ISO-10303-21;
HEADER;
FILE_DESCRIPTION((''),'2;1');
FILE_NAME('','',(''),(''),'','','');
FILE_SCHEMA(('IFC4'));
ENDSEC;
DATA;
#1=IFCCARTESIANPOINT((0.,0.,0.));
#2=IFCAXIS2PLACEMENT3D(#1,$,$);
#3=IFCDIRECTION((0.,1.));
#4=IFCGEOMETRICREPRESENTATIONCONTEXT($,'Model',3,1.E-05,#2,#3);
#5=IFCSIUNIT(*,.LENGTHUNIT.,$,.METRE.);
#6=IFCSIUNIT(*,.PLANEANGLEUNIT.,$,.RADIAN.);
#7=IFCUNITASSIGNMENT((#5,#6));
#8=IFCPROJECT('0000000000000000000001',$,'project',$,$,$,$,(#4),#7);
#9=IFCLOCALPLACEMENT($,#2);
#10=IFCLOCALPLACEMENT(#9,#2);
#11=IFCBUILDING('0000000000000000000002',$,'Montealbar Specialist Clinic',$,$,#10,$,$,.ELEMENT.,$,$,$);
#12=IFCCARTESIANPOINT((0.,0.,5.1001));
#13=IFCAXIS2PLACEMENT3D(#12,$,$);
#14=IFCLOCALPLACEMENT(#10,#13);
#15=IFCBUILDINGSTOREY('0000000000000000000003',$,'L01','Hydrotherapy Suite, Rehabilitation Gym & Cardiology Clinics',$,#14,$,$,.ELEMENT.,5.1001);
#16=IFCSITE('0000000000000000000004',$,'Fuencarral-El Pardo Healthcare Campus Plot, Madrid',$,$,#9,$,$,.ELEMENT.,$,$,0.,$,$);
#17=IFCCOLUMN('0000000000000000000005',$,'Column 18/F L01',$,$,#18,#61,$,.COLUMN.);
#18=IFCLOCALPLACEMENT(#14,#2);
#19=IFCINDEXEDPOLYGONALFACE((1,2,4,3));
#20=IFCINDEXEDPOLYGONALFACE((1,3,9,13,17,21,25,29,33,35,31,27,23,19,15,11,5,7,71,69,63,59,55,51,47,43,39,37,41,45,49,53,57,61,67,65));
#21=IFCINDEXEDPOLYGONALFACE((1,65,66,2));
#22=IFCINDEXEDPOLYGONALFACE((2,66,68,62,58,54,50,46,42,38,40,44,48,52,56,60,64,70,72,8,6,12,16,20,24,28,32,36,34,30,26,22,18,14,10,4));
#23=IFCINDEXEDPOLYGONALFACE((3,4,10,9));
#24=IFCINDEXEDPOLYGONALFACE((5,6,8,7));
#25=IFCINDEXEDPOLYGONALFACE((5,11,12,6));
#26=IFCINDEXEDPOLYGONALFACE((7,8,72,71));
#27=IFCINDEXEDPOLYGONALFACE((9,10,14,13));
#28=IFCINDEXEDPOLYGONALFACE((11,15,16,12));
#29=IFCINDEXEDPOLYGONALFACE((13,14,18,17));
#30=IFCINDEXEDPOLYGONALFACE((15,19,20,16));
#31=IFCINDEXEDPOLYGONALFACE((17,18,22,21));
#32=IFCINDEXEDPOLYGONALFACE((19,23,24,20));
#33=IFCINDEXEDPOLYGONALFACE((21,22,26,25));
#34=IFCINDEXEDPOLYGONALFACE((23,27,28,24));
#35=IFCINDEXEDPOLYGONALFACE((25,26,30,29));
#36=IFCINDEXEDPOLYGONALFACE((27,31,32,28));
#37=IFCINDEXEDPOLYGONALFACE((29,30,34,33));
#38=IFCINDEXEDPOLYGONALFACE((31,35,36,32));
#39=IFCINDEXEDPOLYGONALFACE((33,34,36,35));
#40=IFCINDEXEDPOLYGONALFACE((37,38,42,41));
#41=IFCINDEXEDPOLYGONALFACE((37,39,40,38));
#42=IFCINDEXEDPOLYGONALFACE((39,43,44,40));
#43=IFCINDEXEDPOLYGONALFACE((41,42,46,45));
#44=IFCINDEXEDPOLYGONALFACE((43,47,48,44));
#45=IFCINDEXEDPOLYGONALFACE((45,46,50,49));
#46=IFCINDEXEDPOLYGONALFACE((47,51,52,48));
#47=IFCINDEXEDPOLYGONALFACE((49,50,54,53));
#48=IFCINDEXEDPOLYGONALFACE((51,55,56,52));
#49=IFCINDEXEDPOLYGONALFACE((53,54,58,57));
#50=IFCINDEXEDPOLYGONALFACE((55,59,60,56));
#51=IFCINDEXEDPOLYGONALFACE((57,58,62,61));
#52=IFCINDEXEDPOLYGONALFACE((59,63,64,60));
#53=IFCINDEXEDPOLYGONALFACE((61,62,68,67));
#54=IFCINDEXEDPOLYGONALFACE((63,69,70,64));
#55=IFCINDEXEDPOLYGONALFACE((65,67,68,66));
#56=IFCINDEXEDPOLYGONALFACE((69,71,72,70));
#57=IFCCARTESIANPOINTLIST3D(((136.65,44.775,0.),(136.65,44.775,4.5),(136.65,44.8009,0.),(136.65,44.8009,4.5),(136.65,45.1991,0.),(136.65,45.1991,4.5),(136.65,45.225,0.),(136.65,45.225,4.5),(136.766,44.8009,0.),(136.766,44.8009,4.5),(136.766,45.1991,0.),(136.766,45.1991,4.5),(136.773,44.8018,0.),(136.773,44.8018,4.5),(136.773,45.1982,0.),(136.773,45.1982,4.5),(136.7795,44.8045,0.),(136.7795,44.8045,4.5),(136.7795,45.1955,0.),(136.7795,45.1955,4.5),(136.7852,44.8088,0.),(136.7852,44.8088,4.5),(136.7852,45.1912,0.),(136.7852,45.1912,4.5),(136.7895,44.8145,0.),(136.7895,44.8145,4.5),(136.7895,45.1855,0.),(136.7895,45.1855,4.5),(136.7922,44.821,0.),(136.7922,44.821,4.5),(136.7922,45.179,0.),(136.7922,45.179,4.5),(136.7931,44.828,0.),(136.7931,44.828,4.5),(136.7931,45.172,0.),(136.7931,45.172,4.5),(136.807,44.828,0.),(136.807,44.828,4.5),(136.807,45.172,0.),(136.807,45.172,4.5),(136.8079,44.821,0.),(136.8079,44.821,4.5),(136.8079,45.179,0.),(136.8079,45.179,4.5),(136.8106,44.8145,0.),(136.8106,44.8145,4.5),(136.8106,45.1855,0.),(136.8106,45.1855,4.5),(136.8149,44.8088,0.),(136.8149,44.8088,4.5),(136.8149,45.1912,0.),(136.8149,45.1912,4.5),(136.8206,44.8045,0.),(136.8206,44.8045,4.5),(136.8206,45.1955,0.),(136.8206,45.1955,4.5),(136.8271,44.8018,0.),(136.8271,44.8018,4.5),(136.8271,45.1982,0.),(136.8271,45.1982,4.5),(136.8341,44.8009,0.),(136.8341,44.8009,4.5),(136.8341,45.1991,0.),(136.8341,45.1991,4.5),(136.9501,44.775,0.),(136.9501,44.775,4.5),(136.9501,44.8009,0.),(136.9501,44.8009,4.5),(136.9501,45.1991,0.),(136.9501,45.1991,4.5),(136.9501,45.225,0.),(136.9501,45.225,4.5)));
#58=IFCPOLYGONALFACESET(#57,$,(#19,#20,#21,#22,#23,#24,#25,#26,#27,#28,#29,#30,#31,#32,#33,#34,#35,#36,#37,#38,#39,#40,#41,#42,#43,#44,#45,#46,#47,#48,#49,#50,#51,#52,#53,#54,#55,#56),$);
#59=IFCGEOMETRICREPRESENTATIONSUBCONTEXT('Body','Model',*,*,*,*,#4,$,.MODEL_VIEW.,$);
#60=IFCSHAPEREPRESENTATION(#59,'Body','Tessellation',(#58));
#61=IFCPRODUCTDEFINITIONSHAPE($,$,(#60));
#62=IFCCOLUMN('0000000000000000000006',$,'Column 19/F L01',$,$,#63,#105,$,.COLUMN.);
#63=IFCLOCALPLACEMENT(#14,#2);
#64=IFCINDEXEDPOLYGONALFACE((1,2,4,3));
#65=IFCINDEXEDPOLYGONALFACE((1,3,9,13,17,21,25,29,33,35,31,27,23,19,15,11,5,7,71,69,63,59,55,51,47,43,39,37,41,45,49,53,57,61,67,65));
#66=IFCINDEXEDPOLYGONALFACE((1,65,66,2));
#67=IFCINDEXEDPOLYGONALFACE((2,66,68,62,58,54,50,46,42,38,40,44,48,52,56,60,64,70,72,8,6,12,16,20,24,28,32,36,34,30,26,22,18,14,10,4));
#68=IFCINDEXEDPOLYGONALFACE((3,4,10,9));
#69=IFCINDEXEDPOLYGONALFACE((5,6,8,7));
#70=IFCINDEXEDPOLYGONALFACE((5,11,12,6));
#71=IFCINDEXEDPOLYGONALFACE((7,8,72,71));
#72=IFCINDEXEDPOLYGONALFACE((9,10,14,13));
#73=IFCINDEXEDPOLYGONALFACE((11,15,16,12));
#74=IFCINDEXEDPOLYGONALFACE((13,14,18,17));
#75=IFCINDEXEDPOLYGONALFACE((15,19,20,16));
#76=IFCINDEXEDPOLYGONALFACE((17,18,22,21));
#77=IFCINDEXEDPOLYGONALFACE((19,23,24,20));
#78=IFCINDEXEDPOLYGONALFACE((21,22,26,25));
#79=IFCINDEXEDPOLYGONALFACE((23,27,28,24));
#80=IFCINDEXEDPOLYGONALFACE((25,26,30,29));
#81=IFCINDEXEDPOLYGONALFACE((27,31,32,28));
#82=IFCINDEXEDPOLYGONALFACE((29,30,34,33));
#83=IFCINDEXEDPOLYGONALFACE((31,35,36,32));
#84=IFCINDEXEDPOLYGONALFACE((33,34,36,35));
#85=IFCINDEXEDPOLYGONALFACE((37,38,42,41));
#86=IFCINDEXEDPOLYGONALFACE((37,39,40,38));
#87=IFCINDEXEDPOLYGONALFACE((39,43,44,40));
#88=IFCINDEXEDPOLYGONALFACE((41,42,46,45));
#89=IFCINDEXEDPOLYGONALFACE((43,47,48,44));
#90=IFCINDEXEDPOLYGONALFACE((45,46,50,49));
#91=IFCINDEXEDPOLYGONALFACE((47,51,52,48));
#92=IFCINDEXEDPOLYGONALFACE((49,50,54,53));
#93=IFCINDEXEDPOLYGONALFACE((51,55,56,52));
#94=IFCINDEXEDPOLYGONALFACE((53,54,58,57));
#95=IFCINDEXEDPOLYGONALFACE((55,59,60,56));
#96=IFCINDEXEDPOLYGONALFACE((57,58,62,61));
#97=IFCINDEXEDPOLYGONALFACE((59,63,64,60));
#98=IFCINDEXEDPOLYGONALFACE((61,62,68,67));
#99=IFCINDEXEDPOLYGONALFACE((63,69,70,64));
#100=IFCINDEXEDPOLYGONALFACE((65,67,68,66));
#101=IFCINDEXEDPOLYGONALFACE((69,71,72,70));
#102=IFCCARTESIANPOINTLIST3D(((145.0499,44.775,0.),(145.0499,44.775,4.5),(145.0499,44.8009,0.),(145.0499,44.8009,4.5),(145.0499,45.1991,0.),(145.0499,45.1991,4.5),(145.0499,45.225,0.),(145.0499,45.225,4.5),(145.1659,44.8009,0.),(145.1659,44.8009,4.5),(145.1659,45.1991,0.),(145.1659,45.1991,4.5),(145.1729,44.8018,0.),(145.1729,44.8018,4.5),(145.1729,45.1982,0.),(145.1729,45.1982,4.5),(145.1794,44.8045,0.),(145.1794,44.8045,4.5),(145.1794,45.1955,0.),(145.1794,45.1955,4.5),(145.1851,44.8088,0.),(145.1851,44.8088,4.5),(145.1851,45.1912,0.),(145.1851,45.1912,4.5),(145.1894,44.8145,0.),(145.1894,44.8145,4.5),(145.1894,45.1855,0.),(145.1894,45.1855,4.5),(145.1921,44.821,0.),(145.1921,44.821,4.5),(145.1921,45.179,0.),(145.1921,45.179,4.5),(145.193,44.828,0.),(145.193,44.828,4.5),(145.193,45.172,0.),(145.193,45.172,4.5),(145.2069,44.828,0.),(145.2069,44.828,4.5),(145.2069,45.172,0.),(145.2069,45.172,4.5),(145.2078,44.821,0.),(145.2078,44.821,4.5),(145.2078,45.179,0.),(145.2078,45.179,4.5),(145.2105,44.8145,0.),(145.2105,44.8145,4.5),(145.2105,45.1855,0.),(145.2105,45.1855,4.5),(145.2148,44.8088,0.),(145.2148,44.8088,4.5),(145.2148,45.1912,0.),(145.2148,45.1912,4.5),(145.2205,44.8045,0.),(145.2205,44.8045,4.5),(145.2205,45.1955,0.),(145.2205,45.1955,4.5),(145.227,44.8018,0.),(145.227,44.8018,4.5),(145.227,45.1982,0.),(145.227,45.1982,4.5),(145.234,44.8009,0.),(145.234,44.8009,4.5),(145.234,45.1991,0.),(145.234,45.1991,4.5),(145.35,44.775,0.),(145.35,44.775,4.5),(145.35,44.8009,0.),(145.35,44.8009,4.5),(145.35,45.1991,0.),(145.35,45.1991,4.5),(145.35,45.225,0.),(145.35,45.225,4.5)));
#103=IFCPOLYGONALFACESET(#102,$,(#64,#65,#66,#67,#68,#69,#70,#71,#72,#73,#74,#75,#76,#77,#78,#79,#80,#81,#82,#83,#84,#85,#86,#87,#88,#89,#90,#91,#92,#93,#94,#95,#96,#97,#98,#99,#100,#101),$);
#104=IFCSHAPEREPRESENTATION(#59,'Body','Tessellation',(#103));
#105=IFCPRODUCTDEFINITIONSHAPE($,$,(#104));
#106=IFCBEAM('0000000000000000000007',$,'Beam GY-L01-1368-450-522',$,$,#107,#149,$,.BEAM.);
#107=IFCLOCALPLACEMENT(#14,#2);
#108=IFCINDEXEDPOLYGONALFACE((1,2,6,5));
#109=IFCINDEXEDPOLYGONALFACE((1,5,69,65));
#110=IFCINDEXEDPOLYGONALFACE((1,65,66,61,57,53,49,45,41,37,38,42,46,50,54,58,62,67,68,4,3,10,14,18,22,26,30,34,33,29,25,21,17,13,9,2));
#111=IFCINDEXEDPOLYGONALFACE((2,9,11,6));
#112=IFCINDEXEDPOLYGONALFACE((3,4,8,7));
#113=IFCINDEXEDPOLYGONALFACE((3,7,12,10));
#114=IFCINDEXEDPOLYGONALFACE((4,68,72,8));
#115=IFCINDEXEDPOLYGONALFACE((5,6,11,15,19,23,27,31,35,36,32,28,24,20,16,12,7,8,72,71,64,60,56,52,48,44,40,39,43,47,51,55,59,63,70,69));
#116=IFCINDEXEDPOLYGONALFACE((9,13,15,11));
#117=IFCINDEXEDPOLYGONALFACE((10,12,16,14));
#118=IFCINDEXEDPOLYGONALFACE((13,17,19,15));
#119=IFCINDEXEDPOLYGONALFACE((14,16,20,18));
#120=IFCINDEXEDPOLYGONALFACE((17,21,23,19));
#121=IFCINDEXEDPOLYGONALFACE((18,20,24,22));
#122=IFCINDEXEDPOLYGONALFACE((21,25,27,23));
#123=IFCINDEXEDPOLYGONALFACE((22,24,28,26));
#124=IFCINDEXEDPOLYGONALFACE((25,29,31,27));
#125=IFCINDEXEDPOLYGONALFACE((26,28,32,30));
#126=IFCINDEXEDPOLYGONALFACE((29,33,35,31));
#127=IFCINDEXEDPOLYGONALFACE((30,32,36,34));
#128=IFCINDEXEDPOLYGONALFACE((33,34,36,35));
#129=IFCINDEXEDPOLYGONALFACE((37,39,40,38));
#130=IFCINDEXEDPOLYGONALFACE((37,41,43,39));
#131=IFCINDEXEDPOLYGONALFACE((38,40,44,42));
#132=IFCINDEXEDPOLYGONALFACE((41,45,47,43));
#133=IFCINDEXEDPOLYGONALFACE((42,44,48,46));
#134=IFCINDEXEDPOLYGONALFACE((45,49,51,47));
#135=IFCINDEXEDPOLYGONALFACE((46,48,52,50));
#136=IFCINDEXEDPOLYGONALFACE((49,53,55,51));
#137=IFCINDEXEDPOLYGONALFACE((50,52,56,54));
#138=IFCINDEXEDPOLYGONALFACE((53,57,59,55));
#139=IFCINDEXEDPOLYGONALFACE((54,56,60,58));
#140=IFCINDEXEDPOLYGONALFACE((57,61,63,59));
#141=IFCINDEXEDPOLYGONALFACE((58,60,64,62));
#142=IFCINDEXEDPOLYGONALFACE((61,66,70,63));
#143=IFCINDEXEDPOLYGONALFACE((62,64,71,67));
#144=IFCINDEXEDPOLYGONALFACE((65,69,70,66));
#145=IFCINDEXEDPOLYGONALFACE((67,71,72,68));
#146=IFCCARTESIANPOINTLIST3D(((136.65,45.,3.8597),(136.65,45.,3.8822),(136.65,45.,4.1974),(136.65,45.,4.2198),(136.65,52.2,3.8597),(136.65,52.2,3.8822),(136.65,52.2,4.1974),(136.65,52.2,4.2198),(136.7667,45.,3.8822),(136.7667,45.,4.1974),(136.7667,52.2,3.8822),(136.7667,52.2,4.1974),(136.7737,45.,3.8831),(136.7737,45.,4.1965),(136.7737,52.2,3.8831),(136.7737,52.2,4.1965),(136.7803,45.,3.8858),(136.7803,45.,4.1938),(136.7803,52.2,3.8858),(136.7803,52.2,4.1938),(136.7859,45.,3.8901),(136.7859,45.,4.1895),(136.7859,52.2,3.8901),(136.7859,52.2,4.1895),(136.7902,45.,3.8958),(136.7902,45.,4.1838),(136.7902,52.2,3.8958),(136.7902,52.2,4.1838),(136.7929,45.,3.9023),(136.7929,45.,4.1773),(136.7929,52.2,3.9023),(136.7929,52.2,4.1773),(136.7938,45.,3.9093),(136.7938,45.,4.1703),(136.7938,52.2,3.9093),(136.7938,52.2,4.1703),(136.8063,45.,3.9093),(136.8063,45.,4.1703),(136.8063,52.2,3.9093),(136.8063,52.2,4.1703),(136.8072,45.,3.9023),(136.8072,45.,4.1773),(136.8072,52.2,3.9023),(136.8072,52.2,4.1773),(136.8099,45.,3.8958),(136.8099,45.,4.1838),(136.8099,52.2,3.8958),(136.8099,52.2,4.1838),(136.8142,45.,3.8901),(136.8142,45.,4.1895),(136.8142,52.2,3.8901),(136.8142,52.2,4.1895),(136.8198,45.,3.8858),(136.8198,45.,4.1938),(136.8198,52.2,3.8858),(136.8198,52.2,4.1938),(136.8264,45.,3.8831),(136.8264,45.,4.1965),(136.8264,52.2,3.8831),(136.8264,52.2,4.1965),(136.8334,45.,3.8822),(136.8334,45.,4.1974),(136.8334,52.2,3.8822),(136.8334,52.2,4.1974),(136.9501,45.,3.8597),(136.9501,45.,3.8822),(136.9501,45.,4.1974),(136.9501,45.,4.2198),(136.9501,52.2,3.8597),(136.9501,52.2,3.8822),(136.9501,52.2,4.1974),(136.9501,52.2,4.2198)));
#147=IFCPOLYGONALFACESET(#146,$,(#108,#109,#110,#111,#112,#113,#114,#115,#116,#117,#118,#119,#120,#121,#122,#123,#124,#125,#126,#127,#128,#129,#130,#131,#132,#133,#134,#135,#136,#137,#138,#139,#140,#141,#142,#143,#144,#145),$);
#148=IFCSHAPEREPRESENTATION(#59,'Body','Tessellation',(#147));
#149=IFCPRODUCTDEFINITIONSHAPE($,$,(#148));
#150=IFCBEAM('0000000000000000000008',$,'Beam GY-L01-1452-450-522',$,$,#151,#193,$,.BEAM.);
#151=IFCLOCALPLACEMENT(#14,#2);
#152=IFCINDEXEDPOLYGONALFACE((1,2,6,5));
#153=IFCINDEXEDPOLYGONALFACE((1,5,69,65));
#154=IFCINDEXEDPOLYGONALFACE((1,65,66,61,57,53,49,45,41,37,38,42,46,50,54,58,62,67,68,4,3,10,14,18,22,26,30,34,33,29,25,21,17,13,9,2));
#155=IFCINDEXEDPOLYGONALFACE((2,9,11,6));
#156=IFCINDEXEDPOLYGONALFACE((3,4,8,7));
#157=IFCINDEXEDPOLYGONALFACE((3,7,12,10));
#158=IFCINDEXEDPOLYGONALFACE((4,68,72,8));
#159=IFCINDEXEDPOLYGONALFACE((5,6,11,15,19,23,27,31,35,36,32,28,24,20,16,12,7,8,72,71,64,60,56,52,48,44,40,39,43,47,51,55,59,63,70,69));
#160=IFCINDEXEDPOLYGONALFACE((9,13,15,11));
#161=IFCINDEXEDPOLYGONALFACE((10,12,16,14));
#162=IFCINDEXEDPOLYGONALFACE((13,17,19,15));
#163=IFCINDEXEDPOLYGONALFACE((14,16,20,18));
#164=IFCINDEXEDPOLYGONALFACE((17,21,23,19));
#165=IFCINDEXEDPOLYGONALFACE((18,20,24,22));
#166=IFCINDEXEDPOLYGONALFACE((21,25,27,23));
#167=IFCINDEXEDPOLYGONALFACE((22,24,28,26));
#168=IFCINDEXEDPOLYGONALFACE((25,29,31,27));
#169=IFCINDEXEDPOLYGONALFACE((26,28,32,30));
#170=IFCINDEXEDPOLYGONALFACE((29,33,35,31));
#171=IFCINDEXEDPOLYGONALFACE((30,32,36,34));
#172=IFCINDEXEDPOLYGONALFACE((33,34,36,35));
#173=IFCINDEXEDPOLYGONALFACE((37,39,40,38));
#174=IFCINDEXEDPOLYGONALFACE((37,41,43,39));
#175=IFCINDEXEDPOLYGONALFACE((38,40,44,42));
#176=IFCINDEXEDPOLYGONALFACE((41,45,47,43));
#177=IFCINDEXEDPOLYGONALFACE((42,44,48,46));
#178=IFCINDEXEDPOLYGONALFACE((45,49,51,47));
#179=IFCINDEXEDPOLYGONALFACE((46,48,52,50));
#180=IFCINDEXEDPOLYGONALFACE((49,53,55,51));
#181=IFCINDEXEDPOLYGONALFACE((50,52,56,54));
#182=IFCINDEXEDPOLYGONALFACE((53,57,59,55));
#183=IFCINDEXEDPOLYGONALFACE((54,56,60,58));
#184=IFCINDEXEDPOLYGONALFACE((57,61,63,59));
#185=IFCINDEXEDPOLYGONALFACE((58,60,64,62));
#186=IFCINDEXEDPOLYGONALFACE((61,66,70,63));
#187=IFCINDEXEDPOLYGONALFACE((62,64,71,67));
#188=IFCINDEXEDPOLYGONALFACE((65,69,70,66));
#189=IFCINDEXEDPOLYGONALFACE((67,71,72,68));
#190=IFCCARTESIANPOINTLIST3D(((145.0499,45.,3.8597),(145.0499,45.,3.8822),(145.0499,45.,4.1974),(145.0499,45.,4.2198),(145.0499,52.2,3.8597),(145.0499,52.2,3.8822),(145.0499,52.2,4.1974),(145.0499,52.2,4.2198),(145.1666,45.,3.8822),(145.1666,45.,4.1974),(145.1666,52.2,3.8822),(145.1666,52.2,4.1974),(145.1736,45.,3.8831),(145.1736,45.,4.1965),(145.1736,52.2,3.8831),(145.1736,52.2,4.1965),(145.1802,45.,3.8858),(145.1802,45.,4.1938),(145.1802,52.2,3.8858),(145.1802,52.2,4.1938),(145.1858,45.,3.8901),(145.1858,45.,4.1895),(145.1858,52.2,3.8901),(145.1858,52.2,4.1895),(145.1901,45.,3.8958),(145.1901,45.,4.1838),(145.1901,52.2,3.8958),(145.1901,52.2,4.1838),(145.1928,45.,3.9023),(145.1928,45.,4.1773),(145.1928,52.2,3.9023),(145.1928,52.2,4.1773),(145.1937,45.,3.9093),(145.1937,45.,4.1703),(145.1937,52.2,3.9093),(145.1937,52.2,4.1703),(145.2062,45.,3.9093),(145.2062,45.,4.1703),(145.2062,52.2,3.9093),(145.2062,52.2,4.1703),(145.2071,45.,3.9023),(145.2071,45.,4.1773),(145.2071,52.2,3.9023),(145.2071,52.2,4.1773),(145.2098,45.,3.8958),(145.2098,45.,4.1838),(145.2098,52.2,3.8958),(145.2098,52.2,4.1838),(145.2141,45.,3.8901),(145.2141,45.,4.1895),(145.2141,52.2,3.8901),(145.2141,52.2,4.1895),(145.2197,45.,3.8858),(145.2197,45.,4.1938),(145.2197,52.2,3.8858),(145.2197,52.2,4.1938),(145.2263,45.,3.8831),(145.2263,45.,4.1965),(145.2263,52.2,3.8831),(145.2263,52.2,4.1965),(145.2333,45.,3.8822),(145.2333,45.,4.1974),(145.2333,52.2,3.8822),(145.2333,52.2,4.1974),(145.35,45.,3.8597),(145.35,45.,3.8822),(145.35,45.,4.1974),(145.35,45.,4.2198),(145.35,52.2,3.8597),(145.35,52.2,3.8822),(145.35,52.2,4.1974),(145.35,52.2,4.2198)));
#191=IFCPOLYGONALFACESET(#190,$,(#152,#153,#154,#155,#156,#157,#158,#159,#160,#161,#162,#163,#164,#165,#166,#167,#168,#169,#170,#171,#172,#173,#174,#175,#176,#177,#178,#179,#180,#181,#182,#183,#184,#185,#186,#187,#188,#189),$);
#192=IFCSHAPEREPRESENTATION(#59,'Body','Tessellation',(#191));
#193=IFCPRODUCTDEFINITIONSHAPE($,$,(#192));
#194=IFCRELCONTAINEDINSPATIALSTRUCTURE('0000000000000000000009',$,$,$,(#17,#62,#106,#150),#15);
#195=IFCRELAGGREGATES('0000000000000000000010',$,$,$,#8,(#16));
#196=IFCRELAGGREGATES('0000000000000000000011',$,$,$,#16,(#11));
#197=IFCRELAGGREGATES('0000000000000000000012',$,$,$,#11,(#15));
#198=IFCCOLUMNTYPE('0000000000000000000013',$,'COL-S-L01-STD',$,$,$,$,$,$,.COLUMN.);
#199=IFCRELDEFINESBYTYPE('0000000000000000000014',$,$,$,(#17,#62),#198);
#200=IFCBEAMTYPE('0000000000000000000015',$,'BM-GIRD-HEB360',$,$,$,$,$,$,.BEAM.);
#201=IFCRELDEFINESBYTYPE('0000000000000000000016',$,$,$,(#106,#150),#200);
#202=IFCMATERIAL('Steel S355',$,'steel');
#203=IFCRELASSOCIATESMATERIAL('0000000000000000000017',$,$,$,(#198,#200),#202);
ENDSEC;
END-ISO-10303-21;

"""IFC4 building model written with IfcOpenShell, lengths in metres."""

from ifc_helpers import new_model, si_unit, direction, frame, origin, origin_2d, place, context, subcontext, project, spatial, i_section, extrude, material, material_profile, profile_set, type_object, element, save


model = new_model("IFC4")

# Units and contexts
model_context = context("Model", 3, precision=1e-05, world=origin(), true_north=direction((0.0, 1.0)))
body_context = subcontext(model_context, "Body", "Model", "MODEL_VIEW")
ifc_project = project(units=[si_unit("LENGTHUNIT", "METRE"), si_unit("PLANEANGLEUNIT", "RADIAN")], contexts=[model_context])

# Site, building, storey
site_placement = place(None, origin())
site = spatial("IfcSite", under=ifc_project, at=site_placement, Name="Fuencarral-El Pardo Healthcare Campus Plot, Madrid", CompositionType="ELEMENT", RefElevation=0.0)
building_placement = place(site_placement, origin())
building = spatial("IfcBuilding", under=site, at=building_placement, Name="Montealbar Specialist Clinic", CompositionType="ELEMENT")
storey_placement = place(building_placement, frame((0.0, 0.0, 5.1001)))
storey = spatial("IfcBuildingStorey", under=building, at=storey_placement, Name="L01", Description="Hydrotherapy Suite, Rehabilitation Gym & Cardiology Clinics", CompositionType="ELEMENT", Elevation=5.1001)

# Columns
ifc_material_1 = material(Name="Steel S355", Category="steel")
ifc_material_profile_1 = material_profile(ifc_material_1, i_section(OverallWidth=0.3, OverallDepth=0.45, WebThickness=0.0139, FlangeThickness=0.0259, FilletRadius=0.0271, at=origin_2d()), Name="HEB 450", Category="steel")
ifc_profile_set_1 = profile_set([ifc_material_profile_1], Name="Steel S355")
column_type = type_object("IfcColumnType", Name="COL-S-L01-STD", PredefinedType="COLUMN", material=ifc_profile_set_1)
for number, where, z_axis, x_axis, name in (
    (1, (136.8, 45.0, 0.0), (0.0, 0.0, 1.0), (1.0, 0.0, 0.0), "Column 18/F L01"),
    (2, (145.2, 45.0, 0.0), (0.0, 0.0, 1.0), (1.0, 0.0, 0.0), "Column 19/F L01"),
):
    element("IfcColumn", number, at=place(storey_placement, frame(where, z_axis=z_axis, x_axis=x_axis)), inside=storey, type_object=column_type, Name=name, PredefinedType="COLUMN", context=body_context, shape_type="SweptSolid", body=[
        extrude(i_section(OverallWidth=0.3, OverallDepth=0.45, WebThickness=0.0139, FlangeThickness=0.0259, FilletRadius=0.0271, at=origin_2d()), origin(), (0.0, 0.0, 1.0), 4.5),
    ])

# Beams
ifc_material_profile_2 = material_profile(ifc_material_1, i_section(OverallWidth=0.3, OverallDepth=0.3601, WebThickness=0.0125, FlangeThickness=0.0225, FilletRadius=0.0271, at=origin_2d()), Name="HEB 360", Category="steel")
ifc_profile_set_2 = profile_set([ifc_material_profile_2], Name="Steel S355")
beam_type_1 = type_object("IfcBeamType", Name="BM-GIRD-HEB360", PredefinedType="BEAM", material=ifc_profile_set_2)
for number, where, z_axis, x_axis, name in (
    (3, (136.8, 45.0, 4.0398), (0.0, 1.0, 0.0), (-1.0, 0.0, 0.0), "Beam GY-L01-1368-450-522"),
    (4, (145.2, 45.0, 4.0398), (0.0, 1.0, 0.0), (-1.0, 0.0, 0.0), "Beam GY-L01-1452-450-522"),
):
    element("IfcBeam", number, at=place(storey_placement, frame(where, z_axis=z_axis, x_axis=x_axis)), inside=storey, type_object=beam_type_1, Name=name, PredefinedType="BEAM", context=body_context, shape_type="SweptSolid", body=[
        extrude(i_section(OverallWidth=0.3, OverallDepth=0.3601, WebThickness=0.0125, FlangeThickness=0.0225, FilletRadius=0.0271, at=origin_2d()), origin(), (0.0, 0.0, 1.0), 7.2),
    ])

save(model, "model.ifc")
